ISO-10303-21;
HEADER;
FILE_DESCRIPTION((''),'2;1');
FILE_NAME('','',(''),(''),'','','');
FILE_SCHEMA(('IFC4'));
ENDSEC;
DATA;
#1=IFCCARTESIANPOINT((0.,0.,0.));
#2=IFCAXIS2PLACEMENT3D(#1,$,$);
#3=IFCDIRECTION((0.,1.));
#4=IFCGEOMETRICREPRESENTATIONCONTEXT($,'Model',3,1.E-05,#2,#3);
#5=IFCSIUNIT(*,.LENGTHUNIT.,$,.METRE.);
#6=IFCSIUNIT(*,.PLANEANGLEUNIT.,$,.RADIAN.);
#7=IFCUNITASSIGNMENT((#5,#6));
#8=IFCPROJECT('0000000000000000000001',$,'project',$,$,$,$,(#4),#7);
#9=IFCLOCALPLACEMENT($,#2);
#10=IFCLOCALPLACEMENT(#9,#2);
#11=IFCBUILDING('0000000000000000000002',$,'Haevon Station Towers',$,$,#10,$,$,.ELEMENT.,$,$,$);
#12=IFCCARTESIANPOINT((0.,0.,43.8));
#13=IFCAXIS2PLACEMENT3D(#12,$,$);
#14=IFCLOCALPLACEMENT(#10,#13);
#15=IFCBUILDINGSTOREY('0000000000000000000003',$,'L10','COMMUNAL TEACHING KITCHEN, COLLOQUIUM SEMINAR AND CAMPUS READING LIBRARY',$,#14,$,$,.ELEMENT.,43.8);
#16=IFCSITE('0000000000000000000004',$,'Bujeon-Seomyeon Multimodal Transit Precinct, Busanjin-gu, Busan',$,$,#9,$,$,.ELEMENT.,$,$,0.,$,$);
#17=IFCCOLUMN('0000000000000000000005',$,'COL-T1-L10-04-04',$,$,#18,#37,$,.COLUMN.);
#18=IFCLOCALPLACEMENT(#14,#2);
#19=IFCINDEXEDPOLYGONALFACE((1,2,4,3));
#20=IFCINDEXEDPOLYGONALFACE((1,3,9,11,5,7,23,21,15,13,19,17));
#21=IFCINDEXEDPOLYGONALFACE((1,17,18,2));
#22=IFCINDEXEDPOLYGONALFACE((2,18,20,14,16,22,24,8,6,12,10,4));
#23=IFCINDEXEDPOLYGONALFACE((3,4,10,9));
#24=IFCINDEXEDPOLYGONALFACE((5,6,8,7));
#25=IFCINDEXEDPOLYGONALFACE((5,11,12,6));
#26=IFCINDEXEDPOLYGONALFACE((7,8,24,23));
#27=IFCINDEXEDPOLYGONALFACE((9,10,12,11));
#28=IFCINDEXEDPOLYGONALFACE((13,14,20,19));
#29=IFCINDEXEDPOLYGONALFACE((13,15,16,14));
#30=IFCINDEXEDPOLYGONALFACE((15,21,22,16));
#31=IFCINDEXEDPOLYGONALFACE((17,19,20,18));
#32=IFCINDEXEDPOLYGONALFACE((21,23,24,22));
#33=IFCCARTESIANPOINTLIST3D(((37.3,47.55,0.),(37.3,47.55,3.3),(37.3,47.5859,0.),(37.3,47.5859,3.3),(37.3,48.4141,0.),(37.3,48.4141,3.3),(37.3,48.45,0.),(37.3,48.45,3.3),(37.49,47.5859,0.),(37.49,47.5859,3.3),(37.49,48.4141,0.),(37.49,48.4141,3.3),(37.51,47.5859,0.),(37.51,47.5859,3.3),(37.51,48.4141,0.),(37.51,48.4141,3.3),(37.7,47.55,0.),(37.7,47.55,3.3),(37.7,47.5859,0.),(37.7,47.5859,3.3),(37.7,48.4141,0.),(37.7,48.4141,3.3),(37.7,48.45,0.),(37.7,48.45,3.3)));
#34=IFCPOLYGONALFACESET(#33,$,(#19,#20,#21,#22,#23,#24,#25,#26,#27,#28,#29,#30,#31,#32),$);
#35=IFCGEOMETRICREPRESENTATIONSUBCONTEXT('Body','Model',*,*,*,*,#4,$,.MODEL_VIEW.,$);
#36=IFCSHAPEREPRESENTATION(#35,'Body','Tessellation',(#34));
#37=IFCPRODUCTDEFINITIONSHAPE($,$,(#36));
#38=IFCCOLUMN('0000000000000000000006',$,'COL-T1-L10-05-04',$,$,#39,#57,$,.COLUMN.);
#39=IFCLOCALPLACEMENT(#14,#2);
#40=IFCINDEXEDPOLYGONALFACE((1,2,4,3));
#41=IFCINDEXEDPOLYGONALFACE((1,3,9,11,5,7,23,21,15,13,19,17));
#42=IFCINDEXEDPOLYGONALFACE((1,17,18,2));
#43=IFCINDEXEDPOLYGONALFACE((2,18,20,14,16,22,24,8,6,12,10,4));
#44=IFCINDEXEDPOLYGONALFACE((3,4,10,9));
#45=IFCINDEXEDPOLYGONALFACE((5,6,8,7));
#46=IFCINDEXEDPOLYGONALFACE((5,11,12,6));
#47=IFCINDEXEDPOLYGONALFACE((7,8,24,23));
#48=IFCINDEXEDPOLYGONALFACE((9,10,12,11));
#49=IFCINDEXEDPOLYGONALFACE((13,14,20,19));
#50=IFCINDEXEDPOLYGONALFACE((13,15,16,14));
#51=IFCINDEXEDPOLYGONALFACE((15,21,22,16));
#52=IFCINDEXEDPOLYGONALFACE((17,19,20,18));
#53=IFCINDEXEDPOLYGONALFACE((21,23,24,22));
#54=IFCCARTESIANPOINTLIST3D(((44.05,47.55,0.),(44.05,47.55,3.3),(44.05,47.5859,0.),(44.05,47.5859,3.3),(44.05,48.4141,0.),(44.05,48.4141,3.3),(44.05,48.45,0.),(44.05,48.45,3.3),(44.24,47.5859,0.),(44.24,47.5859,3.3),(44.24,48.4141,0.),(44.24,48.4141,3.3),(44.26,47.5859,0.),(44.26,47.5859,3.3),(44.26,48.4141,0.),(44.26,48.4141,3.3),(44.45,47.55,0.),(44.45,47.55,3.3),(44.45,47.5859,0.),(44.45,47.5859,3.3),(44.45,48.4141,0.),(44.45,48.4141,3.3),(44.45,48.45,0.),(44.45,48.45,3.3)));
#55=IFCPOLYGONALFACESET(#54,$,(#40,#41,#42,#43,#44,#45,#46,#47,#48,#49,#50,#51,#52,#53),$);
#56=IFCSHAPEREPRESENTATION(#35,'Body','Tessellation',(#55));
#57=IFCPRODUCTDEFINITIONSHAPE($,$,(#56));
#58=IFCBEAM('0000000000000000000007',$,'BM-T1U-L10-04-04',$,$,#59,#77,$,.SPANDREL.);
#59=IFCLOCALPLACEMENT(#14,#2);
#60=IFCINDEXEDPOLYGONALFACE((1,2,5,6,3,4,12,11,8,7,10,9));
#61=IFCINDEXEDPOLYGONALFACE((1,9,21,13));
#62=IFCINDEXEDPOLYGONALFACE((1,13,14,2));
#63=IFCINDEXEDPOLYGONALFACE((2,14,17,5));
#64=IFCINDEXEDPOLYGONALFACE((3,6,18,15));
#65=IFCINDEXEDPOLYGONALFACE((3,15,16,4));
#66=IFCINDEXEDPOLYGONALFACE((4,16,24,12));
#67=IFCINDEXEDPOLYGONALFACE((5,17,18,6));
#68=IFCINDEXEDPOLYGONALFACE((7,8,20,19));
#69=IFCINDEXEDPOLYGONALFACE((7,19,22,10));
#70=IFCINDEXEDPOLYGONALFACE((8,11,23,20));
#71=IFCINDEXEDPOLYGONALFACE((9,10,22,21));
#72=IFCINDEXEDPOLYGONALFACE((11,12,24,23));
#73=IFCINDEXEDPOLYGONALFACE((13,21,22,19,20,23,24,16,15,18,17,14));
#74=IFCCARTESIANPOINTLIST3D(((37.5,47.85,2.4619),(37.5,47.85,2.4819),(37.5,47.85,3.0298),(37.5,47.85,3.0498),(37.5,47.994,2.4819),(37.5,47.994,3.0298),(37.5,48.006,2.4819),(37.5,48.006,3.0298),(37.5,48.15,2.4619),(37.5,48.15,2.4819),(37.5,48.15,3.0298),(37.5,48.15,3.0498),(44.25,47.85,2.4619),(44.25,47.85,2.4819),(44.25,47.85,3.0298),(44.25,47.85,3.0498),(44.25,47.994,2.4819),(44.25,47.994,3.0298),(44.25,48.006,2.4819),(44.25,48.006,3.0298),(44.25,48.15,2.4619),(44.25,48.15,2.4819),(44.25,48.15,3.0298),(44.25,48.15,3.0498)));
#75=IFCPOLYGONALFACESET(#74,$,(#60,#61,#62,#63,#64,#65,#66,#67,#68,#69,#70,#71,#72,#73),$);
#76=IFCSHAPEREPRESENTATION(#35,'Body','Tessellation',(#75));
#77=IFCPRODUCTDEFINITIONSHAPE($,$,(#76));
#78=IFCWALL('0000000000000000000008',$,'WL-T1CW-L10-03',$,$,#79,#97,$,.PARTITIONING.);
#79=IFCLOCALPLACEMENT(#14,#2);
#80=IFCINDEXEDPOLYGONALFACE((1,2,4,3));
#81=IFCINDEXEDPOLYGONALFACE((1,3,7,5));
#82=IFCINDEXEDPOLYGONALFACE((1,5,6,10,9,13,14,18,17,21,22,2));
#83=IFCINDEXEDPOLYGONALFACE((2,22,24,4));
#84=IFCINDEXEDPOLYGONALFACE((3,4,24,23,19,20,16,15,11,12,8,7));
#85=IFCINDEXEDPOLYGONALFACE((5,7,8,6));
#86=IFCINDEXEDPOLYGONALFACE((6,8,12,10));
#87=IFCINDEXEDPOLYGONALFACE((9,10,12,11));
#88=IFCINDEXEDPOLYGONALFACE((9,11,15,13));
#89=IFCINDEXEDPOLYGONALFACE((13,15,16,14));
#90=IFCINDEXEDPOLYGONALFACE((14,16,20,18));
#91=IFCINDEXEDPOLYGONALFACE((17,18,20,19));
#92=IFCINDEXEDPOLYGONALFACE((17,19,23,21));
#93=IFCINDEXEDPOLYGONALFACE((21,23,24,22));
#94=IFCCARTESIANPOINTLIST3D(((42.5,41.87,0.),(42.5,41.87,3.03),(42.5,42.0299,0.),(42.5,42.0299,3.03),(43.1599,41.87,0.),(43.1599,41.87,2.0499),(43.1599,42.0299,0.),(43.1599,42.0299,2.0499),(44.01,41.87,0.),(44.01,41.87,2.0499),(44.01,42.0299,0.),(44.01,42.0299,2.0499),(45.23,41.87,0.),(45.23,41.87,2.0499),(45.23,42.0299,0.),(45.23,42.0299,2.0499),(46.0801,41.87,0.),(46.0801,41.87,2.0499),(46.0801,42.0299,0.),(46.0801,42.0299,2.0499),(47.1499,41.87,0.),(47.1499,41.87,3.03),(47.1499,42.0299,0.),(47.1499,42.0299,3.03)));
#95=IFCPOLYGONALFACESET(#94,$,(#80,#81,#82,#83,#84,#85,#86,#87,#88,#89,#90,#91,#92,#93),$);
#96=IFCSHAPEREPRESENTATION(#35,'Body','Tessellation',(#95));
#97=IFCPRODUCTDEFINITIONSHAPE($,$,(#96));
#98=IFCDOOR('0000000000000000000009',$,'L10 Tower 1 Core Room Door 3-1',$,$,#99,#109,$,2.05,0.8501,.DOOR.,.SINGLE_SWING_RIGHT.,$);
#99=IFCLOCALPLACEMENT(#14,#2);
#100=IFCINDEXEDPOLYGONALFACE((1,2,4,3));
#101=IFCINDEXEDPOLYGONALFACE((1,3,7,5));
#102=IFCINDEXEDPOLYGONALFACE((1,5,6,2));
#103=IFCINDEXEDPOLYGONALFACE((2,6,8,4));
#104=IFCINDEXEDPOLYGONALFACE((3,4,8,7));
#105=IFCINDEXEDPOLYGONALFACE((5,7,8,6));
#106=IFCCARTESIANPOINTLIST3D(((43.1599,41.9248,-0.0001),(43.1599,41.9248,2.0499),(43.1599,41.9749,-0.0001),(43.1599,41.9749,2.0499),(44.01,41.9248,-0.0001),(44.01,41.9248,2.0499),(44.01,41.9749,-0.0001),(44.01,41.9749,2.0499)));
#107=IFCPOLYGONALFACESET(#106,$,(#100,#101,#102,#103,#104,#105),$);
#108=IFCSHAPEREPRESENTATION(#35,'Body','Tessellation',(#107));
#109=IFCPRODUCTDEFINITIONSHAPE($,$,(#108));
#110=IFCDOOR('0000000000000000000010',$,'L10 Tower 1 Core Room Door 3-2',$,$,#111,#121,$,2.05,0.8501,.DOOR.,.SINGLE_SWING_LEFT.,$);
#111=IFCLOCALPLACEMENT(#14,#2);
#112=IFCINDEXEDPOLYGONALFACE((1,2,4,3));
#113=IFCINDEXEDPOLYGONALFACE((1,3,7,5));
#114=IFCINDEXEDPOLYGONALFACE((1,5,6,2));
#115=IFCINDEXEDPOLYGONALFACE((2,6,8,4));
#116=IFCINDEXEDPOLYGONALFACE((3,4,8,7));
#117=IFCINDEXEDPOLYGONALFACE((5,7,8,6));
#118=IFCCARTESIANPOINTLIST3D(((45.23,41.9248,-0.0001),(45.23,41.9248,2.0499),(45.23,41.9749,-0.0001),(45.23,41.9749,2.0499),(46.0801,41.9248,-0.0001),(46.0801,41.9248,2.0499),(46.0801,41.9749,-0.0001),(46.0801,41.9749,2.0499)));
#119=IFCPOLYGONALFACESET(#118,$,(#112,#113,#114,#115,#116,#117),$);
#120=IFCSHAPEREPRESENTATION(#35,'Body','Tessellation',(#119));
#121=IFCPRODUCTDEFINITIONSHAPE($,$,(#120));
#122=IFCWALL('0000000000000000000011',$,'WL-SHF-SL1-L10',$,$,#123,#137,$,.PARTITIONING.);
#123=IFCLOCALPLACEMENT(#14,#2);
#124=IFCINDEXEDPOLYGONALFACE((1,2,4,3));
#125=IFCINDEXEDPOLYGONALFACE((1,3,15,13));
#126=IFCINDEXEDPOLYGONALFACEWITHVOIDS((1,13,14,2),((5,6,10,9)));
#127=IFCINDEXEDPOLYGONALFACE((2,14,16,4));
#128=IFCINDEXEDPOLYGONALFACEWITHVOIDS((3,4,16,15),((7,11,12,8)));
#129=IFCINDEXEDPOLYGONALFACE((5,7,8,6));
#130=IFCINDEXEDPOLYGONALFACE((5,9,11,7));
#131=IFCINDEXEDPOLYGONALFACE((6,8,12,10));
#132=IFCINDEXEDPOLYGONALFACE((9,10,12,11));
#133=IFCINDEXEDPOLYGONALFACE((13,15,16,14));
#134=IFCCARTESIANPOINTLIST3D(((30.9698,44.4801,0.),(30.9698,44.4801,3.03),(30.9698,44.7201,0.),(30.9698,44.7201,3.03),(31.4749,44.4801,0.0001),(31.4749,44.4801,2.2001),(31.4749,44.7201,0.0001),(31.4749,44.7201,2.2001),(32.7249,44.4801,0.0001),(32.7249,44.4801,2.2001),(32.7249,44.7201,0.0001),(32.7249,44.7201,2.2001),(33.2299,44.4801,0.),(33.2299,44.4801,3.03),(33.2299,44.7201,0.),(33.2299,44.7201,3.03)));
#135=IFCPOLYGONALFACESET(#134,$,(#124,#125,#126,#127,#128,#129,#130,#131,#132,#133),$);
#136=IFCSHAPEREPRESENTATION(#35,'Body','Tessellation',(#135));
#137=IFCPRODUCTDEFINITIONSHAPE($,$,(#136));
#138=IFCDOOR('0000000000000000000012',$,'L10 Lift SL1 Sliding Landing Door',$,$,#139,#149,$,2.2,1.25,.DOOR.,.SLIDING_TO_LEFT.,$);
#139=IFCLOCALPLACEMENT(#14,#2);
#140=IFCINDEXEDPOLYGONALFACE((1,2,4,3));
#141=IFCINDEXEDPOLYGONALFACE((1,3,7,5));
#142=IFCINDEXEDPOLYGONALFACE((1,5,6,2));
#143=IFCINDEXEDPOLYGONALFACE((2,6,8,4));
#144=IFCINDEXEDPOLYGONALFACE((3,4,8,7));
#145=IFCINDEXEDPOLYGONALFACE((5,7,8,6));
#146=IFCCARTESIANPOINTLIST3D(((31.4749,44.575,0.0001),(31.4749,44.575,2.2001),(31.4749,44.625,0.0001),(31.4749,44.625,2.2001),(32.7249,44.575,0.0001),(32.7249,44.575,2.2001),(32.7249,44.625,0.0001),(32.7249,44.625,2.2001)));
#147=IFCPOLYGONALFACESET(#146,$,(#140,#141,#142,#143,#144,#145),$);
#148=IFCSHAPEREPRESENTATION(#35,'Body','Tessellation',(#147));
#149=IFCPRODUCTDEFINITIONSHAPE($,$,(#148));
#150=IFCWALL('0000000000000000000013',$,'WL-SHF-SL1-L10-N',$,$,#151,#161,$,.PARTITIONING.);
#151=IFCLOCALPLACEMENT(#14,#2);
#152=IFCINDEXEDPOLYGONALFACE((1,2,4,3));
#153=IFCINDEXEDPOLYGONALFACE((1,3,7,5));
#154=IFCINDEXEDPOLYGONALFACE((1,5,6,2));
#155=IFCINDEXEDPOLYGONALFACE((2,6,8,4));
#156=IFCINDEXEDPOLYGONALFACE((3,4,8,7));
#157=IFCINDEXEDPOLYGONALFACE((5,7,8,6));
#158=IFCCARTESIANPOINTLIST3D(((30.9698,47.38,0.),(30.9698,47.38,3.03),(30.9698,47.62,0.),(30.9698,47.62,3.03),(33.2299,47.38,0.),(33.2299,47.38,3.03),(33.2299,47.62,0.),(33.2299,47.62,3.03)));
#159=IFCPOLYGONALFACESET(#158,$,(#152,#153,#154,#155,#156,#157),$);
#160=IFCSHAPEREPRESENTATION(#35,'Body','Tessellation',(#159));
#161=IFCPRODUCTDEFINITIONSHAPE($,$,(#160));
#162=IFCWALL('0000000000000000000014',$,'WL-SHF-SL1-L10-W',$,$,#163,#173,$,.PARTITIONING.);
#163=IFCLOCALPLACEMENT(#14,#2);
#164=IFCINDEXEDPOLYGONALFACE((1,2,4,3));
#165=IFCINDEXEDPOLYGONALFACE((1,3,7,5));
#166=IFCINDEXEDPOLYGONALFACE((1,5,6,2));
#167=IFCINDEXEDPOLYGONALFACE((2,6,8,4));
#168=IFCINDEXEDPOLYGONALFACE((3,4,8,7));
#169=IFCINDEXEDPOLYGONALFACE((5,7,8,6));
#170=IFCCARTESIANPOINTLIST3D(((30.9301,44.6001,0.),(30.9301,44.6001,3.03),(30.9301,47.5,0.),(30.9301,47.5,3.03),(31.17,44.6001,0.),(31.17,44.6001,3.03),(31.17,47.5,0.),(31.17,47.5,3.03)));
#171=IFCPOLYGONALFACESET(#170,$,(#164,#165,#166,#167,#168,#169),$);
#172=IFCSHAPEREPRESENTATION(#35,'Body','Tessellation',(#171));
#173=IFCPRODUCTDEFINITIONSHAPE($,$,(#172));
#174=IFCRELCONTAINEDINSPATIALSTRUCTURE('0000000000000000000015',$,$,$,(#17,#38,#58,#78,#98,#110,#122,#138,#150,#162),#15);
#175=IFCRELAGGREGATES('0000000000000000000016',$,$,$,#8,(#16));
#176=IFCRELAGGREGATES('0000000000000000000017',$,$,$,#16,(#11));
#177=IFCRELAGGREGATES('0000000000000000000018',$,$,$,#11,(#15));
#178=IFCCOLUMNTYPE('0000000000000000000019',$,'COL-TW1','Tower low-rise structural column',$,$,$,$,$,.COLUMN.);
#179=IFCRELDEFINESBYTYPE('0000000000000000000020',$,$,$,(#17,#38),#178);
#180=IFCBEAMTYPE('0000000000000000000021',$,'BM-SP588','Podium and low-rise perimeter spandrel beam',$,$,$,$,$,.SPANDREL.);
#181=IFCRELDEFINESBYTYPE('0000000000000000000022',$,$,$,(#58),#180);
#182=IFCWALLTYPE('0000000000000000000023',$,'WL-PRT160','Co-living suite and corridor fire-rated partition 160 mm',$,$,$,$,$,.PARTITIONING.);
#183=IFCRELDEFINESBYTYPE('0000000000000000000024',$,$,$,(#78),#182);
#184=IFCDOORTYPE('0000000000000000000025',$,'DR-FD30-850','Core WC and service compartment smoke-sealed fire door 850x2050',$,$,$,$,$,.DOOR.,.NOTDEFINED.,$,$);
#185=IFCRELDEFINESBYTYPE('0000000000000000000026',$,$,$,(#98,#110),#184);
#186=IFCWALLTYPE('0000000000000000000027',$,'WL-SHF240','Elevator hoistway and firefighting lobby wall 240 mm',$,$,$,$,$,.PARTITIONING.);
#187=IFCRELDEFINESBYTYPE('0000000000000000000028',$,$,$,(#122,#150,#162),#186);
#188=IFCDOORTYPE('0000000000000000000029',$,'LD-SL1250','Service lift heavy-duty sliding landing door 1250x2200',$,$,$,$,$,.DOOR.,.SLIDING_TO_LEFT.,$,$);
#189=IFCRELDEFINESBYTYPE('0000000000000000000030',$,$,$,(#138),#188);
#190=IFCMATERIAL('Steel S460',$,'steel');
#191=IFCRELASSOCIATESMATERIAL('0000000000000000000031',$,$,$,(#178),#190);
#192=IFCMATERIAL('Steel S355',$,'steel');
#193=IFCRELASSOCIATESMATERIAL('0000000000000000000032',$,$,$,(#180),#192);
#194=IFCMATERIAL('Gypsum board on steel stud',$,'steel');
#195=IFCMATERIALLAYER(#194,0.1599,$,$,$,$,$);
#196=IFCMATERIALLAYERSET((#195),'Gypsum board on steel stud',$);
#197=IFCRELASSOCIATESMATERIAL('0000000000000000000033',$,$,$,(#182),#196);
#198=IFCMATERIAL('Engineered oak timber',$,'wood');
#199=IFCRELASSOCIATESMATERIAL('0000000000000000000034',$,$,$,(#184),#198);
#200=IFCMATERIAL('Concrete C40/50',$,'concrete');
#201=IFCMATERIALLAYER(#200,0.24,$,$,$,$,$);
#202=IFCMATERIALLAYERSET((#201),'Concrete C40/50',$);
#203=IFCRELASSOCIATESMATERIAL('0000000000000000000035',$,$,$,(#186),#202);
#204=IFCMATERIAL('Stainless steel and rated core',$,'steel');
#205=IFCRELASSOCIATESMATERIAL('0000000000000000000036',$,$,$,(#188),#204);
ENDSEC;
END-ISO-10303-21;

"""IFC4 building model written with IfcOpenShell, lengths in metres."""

from ifc_helpers import new_model, si_unit, direction, frame, frame_2d, origin, origin_2d, place, context, subcontext, project, spatial, rectangle, i_section, extrude, material, layer, layer_set, material_profile, profile_set, type_object, element, fill, save


model = new_model("IFC4")

# Units and contexts
model_context = context("Model", 3, precision=1e-05, world=origin(), true_north=direction((0.0, 1.0)))
body_context = subcontext(model_context, "Body", "Model", "MODEL_VIEW")
ifc_project = project(units=[si_unit("LENGTHUNIT", "METRE"), si_unit("PLANEANGLEUNIT", "RADIAN")], contexts=[model_context])

# Site, building, storey
site_placement = place(None, origin())
site = spatial("IfcSite", under=ifc_project, at=site_placement, Name="Bujeon-Seomyeon Multimodal Transit Precinct, Busanjin-gu, Busan", CompositionType="ELEMENT", RefElevation=0.0)
building_placement = place(site_placement, origin())
building = spatial("IfcBuilding", under=site, at=building_placement, Name="Haevon Station Towers", CompositionType="ELEMENT")
storey_placement = place(building_placement, frame((0.0, 0.0, 43.8)))
storey = spatial("IfcBuildingStorey", under=building, at=storey_placement, Name="L10", Description="COMMUNAL TEACHING KITCHEN, COLLOQUIUM SEMINAR AND CAMPUS READING LIBRARY", CompositionType="ELEMENT", Elevation=43.8)

# Columns
ifc_material_1 = material(Name="Steel S460", Category="steel")
ifc_material_profile_1 = material_profile(ifc_material_1, i_section(OverallWidth=0.3999, OverallDepth=0.8999, WebThickness=0.02, FlangeThickness=0.0359, at=origin_2d()), Name="H-900x400x20x36")
ifc_profile_set_1 = profile_set([ifc_material_profile_1], Name="Steel S460")
column_type = type_object("IfcColumnType", Name="COL-TW1", Description="Tower low-rise structural column", PredefinedType="COLUMN", material=ifc_profile_set_1)
for number, where, z_axis, x_axis, name in (
    (1, (37.5, 48.0, 0.0), (0.0, 0.0, 1.0), (1.0, 0.0, 0.0), "COL-T1-L10-04-04"),
    (2, (44.25, 48.0, 0.0), (0.0, 0.0, 1.0), (1.0, 0.0, 0.0), "COL-T1-L10-05-04"),
):
    element("IfcColumn", number, at=place(storey_placement, frame(where, z_axis=z_axis, x_axis=x_axis)), inside=storey, type_object=column_type, Name=name, PredefinedType="COLUMN", context=body_context, shape_type="SweptSolid", body=[
        extrude(i_section(OverallWidth=0.3999, OverallDepth=0.8999, WebThickness=0.02, FlangeThickness=0.0359, at=origin_2d()), origin(), (0.0, 0.0, 1.0), 3.3),
    ])

# Beam
ifc_material_2 = material(Name="Steel S355", Category="steel")
ifc_material_profile_2 = material_profile(ifc_material_2, i_section(OverallWidth=0.3, OverallDepth=0.5879, WebThickness=0.012, FlangeThickness=0.02, at=origin_2d()), Name="H-588x300x12x20")
ifc_profile_set_2 = profile_set([ifc_material_profile_2], Name="Steel S355")
beam_type = type_object("IfcBeamType", Name="BM-SP588", Description="Podium and low-rise perimeter spandrel beam", PredefinedType="SPANDREL", material=ifc_profile_set_2)
beam_placement = place(storey_placement, frame((37.5, 48.0, 2.7559), z_axis=(1.0, 0.0, 0.0), x_axis=(0.0, 1.0, 0.0)))
element("IfcBeam", 3, at=beam_placement, inside=storey, type_object=beam_type, Name="BM-T1U-L10-04-04", PredefinedType="SPANDREL", context=body_context, shape_type="SweptSolid", body=[
    extrude(i_section(OverallWidth=0.3, OverallDepth=0.5879, WebThickness=0.012, FlangeThickness=0.02, at=origin_2d()), origin(), (0.0, 0.0, 1.0), 6.75),
])

# Wall, openings, doors
ifc_material_3 = material(Name="Gypsum board on steel stud", Category="steel")
ifc_layer_1 = layer(ifc_material_3, 0.1599)
ifc_layer_set_1 = layer_set([ifc_layer_1], Name="Gypsum board on steel stud")
wall_type_1 = type_object("IfcWallType", Name="WL-PRT160", Description="Co-living suite and corridor fire-rated partition 160 mm", PredefinedType="PARTITIONING", material=ifc_layer_set_1)
wall_1_placement = place(storey_placement, frame((42.5, 41.95, 0.0), z_axis=(0.0, 0.0, 1.0), x_axis=(1.0, 0.0, 0.0)))
wall_1 = element("IfcWall", 4, at=wall_1_placement, inside=storey, type_object=wall_type_1, Name="WL-T1CW-L10-03", PredefinedType="PARTITIONING", context=body_context, shape_type="SweptSolid", body=[
    extrude(rectangle(XDim=4.6499, YDim=0.1599, at=frame_2d((2.325, 0.0))), origin(), (0.0, 0.0, 1.0), 3.03),
])
opening_1_placement = place(wall_1_placement, frame((0.6599, 0.0, 0.0)))
opening_1 = element("IfcOpeningElement", 5, at=opening_1_placement, cuts=wall_1, PredefinedType="OPENING", context=body_context, shape_type="SweptSolid", body=[
    extrude(rectangle(XDim=0.8501, YDim=2.05, at=frame_2d((0.425, 1.0249))), frame((0.0, 0.0898, 0.0), z_axis=(0.0, -1.0, 0.0), x_axis=(1.0, 0.0, 0.0)), (0.0, 0.0, 1.0), 0.1799),
])
opening_2_placement = place(wall_1_placement, frame((2.73, 0.0, 0.0)))
opening_2 = element("IfcOpeningElement", 6, at=opening_2_placement, cuts=wall_1, PredefinedType="OPENING", context=body_context, shape_type="SweptSolid", body=[
    extrude(rectangle(XDim=0.8501, YDim=2.05, at=frame_2d((0.425, 1.0249))), frame((0.0, 0.0898, 0.0), z_axis=(0.0, -1.0, 0.0), x_axis=(1.0, 0.0, 0.0)), (0.0, 0.0, 1.0), 0.1799),
])
ifc_material_4 = material(Name="Engineered oak timber", Category="wood")
door_type_1 = type_object("IfcDoorType", Name="DR-FD30-850", Description="Core WC and service compartment smoke-sealed fire door 850x2050", OperationType="NOTDEFINED", PredefinedType="DOOR", material=ifc_material_4)
door_1_placement = place(opening_1_placement, origin())
door_1 = element("IfcDoor", 7, at=door_1_placement, inside=storey, type_object=door_type_1, Name="L10 Tower 1 Core Room Door 3-1", OperationType="SINGLE_SWING_RIGHT", OverallHeight=2.05, OverallWidth=0.8501, PredefinedType="DOOR", context=body_context, shape_type="SweptSolid", body=[
    extrude(rectangle(XDim=0.8501, YDim=2.05, at=frame_2d((0.425, 1.0249))), frame((0.0, 0.0249, 0.0), z_axis=(0.0, -1.0, 0.0), x_axis=(1.0, 0.0, 0.0)), (0.0, 0.0, 1.0), 0.05),
])
fill(opening_1, door_1)
door_2_placement = place(opening_2_placement, origin())
door_2 = element("IfcDoor", 8, at=door_2_placement, inside=storey, type_object=door_type_1, Name="L10 Tower 1 Core Room Door 3-2", OperationType="SINGLE_SWING_LEFT", OverallHeight=2.05, OverallWidth=0.8501, PredefinedType="DOOR", context=body_context, shape_type="SweptSolid", body=[
    extrude(rectangle(XDim=0.8501, YDim=2.05, at=frame_2d((0.425, 1.0249))), frame((0.0, 0.0249, 0.0), z_axis=(0.0, -1.0, 0.0), x_axis=(1.0, 0.0, 0.0)), (0.0, 0.0, 1.0), 0.05),
])
fill(opening_2, door_2)

# Wall, opening, door
ifc_material_5 = material(Name="Concrete C40/50", Category="concrete")
ifc_layer_2 = layer(ifc_material_5, 0.24)
ifc_layer_set_2 = layer_set([ifc_layer_2], Name="Concrete C40/50")
wall_type_2 = type_object("IfcWallType", Name="WL-SHF240", Description="Elevator hoistway and firefighting lobby wall 240 mm", PredefinedType="PARTITIONING", material=ifc_layer_set_2)
wall_2_placement = place(storey_placement, frame((30.97, 44.6001, 0.0), z_axis=(0.0, 0.0, 1.0), x_axis=(1.0, 0.0, 0.0)))
wall_2 = element("IfcWall", 9, at=wall_2_placement, inside=storey, type_object=wall_type_2, Name="WL-SHF-SL1-L10", PredefinedType="PARTITIONING", context=body_context, shape_type="SweptSolid", body=[
    extrude(rectangle(XDim=2.26, YDim=0.24, at=frame_2d((1.1299, 0.0))), origin(), (0.0, 0.0, 1.0), 3.03),
])
opening_3_placement = place(wall_2_placement, frame((0.5049, 0.0, 0.0)))
opening_3 = element("IfcOpeningElement", 10, at=opening_3_placement, cuts=wall_2, PredefinedType="OPENING", context=body_context, shape_type="SweptSolid", body=[
    extrude(rectangle(XDim=1.25, YDim=2.2, at=frame_2d((0.625, 1.1001))), frame((0.0, 0.1299, 0.0), z_axis=(0.0, -1.0, 0.0), x_axis=(1.0, 0.0, 0.0)), (0.0, 0.0, 1.0), 0.26),
])
ifc_material_6 = material(Name="Stainless steel and rated core", Category="steel")
door_type_2 = type_object("IfcDoorType", Name="LD-SL1250", Description="Service lift heavy-duty sliding landing door 1250x2200", OperationType="SLIDING_TO_LEFT", PredefinedType="DOOR", material=ifc_material_6)
door_3_placement = place(opening_3_placement, origin())
door_3 = element("IfcDoor", 11, at=door_3_placement, inside=storey, type_object=door_type_2, Name="L10 Lift SL1 Sliding Landing Door", OperationType="SLIDING_TO_LEFT", OverallHeight=2.2, OverallWidth=1.25, PredefinedType="DOOR", context=body_context, shape_type="SweptSolid", body=[
    extrude(rectangle(XDim=1.25, YDim=2.2, at=frame_2d((0.625, 1.1001))), frame((0.0, 0.0249, 0.0), z_axis=(0.0, -1.0, 0.0), x_axis=(1.0, 0.0, 0.0)), (0.0, 0.0, 1.0), 0.05),
])
fill(opening_3, door_3)

# Walls
wall_3_placement = place(storey_placement, frame((30.97, 47.5, 0.0), z_axis=(0.0, 0.0, 1.0), x_axis=(1.0, 0.0, 0.0)))
element("IfcWall", 12, at=wall_3_placement, inside=storey, type_object=wall_type_2, Name="WL-SHF-SL1-L10-N", PredefinedType="PARTITIONING", context=body_context, shape_type="SweptSolid", body=[
    extrude(rectangle(XDim=2.26, YDim=0.24, at=frame_2d((1.1299, 0.0))), origin(), (0.0, 0.0, 1.0), 3.03),
])
for number, where, z_axis, x_axis, name in (
    (13, (31.05, 44.6001, 0.0), (0.0, 0.0, 1.0), (0.0, 1.0, 0.0), "WL-SHF-SL1-L10-W"),
):
    element("IfcWall", number, at=place(storey_placement, frame(where, z_axis=z_axis, x_axis=x_axis)), inside=storey, type_object=wall_type_2, Name=name, PredefinedType="PARTITIONING", context=body_context, shape_type="SweptSolid", body=[
        extrude(rectangle(XDim=2.8999, YDim=0.24, at=frame_2d((1.45, 0.0))), origin(), (0.0, 0.0, 1.0), 3.03),
    ])

save(model, "model.ifc")
